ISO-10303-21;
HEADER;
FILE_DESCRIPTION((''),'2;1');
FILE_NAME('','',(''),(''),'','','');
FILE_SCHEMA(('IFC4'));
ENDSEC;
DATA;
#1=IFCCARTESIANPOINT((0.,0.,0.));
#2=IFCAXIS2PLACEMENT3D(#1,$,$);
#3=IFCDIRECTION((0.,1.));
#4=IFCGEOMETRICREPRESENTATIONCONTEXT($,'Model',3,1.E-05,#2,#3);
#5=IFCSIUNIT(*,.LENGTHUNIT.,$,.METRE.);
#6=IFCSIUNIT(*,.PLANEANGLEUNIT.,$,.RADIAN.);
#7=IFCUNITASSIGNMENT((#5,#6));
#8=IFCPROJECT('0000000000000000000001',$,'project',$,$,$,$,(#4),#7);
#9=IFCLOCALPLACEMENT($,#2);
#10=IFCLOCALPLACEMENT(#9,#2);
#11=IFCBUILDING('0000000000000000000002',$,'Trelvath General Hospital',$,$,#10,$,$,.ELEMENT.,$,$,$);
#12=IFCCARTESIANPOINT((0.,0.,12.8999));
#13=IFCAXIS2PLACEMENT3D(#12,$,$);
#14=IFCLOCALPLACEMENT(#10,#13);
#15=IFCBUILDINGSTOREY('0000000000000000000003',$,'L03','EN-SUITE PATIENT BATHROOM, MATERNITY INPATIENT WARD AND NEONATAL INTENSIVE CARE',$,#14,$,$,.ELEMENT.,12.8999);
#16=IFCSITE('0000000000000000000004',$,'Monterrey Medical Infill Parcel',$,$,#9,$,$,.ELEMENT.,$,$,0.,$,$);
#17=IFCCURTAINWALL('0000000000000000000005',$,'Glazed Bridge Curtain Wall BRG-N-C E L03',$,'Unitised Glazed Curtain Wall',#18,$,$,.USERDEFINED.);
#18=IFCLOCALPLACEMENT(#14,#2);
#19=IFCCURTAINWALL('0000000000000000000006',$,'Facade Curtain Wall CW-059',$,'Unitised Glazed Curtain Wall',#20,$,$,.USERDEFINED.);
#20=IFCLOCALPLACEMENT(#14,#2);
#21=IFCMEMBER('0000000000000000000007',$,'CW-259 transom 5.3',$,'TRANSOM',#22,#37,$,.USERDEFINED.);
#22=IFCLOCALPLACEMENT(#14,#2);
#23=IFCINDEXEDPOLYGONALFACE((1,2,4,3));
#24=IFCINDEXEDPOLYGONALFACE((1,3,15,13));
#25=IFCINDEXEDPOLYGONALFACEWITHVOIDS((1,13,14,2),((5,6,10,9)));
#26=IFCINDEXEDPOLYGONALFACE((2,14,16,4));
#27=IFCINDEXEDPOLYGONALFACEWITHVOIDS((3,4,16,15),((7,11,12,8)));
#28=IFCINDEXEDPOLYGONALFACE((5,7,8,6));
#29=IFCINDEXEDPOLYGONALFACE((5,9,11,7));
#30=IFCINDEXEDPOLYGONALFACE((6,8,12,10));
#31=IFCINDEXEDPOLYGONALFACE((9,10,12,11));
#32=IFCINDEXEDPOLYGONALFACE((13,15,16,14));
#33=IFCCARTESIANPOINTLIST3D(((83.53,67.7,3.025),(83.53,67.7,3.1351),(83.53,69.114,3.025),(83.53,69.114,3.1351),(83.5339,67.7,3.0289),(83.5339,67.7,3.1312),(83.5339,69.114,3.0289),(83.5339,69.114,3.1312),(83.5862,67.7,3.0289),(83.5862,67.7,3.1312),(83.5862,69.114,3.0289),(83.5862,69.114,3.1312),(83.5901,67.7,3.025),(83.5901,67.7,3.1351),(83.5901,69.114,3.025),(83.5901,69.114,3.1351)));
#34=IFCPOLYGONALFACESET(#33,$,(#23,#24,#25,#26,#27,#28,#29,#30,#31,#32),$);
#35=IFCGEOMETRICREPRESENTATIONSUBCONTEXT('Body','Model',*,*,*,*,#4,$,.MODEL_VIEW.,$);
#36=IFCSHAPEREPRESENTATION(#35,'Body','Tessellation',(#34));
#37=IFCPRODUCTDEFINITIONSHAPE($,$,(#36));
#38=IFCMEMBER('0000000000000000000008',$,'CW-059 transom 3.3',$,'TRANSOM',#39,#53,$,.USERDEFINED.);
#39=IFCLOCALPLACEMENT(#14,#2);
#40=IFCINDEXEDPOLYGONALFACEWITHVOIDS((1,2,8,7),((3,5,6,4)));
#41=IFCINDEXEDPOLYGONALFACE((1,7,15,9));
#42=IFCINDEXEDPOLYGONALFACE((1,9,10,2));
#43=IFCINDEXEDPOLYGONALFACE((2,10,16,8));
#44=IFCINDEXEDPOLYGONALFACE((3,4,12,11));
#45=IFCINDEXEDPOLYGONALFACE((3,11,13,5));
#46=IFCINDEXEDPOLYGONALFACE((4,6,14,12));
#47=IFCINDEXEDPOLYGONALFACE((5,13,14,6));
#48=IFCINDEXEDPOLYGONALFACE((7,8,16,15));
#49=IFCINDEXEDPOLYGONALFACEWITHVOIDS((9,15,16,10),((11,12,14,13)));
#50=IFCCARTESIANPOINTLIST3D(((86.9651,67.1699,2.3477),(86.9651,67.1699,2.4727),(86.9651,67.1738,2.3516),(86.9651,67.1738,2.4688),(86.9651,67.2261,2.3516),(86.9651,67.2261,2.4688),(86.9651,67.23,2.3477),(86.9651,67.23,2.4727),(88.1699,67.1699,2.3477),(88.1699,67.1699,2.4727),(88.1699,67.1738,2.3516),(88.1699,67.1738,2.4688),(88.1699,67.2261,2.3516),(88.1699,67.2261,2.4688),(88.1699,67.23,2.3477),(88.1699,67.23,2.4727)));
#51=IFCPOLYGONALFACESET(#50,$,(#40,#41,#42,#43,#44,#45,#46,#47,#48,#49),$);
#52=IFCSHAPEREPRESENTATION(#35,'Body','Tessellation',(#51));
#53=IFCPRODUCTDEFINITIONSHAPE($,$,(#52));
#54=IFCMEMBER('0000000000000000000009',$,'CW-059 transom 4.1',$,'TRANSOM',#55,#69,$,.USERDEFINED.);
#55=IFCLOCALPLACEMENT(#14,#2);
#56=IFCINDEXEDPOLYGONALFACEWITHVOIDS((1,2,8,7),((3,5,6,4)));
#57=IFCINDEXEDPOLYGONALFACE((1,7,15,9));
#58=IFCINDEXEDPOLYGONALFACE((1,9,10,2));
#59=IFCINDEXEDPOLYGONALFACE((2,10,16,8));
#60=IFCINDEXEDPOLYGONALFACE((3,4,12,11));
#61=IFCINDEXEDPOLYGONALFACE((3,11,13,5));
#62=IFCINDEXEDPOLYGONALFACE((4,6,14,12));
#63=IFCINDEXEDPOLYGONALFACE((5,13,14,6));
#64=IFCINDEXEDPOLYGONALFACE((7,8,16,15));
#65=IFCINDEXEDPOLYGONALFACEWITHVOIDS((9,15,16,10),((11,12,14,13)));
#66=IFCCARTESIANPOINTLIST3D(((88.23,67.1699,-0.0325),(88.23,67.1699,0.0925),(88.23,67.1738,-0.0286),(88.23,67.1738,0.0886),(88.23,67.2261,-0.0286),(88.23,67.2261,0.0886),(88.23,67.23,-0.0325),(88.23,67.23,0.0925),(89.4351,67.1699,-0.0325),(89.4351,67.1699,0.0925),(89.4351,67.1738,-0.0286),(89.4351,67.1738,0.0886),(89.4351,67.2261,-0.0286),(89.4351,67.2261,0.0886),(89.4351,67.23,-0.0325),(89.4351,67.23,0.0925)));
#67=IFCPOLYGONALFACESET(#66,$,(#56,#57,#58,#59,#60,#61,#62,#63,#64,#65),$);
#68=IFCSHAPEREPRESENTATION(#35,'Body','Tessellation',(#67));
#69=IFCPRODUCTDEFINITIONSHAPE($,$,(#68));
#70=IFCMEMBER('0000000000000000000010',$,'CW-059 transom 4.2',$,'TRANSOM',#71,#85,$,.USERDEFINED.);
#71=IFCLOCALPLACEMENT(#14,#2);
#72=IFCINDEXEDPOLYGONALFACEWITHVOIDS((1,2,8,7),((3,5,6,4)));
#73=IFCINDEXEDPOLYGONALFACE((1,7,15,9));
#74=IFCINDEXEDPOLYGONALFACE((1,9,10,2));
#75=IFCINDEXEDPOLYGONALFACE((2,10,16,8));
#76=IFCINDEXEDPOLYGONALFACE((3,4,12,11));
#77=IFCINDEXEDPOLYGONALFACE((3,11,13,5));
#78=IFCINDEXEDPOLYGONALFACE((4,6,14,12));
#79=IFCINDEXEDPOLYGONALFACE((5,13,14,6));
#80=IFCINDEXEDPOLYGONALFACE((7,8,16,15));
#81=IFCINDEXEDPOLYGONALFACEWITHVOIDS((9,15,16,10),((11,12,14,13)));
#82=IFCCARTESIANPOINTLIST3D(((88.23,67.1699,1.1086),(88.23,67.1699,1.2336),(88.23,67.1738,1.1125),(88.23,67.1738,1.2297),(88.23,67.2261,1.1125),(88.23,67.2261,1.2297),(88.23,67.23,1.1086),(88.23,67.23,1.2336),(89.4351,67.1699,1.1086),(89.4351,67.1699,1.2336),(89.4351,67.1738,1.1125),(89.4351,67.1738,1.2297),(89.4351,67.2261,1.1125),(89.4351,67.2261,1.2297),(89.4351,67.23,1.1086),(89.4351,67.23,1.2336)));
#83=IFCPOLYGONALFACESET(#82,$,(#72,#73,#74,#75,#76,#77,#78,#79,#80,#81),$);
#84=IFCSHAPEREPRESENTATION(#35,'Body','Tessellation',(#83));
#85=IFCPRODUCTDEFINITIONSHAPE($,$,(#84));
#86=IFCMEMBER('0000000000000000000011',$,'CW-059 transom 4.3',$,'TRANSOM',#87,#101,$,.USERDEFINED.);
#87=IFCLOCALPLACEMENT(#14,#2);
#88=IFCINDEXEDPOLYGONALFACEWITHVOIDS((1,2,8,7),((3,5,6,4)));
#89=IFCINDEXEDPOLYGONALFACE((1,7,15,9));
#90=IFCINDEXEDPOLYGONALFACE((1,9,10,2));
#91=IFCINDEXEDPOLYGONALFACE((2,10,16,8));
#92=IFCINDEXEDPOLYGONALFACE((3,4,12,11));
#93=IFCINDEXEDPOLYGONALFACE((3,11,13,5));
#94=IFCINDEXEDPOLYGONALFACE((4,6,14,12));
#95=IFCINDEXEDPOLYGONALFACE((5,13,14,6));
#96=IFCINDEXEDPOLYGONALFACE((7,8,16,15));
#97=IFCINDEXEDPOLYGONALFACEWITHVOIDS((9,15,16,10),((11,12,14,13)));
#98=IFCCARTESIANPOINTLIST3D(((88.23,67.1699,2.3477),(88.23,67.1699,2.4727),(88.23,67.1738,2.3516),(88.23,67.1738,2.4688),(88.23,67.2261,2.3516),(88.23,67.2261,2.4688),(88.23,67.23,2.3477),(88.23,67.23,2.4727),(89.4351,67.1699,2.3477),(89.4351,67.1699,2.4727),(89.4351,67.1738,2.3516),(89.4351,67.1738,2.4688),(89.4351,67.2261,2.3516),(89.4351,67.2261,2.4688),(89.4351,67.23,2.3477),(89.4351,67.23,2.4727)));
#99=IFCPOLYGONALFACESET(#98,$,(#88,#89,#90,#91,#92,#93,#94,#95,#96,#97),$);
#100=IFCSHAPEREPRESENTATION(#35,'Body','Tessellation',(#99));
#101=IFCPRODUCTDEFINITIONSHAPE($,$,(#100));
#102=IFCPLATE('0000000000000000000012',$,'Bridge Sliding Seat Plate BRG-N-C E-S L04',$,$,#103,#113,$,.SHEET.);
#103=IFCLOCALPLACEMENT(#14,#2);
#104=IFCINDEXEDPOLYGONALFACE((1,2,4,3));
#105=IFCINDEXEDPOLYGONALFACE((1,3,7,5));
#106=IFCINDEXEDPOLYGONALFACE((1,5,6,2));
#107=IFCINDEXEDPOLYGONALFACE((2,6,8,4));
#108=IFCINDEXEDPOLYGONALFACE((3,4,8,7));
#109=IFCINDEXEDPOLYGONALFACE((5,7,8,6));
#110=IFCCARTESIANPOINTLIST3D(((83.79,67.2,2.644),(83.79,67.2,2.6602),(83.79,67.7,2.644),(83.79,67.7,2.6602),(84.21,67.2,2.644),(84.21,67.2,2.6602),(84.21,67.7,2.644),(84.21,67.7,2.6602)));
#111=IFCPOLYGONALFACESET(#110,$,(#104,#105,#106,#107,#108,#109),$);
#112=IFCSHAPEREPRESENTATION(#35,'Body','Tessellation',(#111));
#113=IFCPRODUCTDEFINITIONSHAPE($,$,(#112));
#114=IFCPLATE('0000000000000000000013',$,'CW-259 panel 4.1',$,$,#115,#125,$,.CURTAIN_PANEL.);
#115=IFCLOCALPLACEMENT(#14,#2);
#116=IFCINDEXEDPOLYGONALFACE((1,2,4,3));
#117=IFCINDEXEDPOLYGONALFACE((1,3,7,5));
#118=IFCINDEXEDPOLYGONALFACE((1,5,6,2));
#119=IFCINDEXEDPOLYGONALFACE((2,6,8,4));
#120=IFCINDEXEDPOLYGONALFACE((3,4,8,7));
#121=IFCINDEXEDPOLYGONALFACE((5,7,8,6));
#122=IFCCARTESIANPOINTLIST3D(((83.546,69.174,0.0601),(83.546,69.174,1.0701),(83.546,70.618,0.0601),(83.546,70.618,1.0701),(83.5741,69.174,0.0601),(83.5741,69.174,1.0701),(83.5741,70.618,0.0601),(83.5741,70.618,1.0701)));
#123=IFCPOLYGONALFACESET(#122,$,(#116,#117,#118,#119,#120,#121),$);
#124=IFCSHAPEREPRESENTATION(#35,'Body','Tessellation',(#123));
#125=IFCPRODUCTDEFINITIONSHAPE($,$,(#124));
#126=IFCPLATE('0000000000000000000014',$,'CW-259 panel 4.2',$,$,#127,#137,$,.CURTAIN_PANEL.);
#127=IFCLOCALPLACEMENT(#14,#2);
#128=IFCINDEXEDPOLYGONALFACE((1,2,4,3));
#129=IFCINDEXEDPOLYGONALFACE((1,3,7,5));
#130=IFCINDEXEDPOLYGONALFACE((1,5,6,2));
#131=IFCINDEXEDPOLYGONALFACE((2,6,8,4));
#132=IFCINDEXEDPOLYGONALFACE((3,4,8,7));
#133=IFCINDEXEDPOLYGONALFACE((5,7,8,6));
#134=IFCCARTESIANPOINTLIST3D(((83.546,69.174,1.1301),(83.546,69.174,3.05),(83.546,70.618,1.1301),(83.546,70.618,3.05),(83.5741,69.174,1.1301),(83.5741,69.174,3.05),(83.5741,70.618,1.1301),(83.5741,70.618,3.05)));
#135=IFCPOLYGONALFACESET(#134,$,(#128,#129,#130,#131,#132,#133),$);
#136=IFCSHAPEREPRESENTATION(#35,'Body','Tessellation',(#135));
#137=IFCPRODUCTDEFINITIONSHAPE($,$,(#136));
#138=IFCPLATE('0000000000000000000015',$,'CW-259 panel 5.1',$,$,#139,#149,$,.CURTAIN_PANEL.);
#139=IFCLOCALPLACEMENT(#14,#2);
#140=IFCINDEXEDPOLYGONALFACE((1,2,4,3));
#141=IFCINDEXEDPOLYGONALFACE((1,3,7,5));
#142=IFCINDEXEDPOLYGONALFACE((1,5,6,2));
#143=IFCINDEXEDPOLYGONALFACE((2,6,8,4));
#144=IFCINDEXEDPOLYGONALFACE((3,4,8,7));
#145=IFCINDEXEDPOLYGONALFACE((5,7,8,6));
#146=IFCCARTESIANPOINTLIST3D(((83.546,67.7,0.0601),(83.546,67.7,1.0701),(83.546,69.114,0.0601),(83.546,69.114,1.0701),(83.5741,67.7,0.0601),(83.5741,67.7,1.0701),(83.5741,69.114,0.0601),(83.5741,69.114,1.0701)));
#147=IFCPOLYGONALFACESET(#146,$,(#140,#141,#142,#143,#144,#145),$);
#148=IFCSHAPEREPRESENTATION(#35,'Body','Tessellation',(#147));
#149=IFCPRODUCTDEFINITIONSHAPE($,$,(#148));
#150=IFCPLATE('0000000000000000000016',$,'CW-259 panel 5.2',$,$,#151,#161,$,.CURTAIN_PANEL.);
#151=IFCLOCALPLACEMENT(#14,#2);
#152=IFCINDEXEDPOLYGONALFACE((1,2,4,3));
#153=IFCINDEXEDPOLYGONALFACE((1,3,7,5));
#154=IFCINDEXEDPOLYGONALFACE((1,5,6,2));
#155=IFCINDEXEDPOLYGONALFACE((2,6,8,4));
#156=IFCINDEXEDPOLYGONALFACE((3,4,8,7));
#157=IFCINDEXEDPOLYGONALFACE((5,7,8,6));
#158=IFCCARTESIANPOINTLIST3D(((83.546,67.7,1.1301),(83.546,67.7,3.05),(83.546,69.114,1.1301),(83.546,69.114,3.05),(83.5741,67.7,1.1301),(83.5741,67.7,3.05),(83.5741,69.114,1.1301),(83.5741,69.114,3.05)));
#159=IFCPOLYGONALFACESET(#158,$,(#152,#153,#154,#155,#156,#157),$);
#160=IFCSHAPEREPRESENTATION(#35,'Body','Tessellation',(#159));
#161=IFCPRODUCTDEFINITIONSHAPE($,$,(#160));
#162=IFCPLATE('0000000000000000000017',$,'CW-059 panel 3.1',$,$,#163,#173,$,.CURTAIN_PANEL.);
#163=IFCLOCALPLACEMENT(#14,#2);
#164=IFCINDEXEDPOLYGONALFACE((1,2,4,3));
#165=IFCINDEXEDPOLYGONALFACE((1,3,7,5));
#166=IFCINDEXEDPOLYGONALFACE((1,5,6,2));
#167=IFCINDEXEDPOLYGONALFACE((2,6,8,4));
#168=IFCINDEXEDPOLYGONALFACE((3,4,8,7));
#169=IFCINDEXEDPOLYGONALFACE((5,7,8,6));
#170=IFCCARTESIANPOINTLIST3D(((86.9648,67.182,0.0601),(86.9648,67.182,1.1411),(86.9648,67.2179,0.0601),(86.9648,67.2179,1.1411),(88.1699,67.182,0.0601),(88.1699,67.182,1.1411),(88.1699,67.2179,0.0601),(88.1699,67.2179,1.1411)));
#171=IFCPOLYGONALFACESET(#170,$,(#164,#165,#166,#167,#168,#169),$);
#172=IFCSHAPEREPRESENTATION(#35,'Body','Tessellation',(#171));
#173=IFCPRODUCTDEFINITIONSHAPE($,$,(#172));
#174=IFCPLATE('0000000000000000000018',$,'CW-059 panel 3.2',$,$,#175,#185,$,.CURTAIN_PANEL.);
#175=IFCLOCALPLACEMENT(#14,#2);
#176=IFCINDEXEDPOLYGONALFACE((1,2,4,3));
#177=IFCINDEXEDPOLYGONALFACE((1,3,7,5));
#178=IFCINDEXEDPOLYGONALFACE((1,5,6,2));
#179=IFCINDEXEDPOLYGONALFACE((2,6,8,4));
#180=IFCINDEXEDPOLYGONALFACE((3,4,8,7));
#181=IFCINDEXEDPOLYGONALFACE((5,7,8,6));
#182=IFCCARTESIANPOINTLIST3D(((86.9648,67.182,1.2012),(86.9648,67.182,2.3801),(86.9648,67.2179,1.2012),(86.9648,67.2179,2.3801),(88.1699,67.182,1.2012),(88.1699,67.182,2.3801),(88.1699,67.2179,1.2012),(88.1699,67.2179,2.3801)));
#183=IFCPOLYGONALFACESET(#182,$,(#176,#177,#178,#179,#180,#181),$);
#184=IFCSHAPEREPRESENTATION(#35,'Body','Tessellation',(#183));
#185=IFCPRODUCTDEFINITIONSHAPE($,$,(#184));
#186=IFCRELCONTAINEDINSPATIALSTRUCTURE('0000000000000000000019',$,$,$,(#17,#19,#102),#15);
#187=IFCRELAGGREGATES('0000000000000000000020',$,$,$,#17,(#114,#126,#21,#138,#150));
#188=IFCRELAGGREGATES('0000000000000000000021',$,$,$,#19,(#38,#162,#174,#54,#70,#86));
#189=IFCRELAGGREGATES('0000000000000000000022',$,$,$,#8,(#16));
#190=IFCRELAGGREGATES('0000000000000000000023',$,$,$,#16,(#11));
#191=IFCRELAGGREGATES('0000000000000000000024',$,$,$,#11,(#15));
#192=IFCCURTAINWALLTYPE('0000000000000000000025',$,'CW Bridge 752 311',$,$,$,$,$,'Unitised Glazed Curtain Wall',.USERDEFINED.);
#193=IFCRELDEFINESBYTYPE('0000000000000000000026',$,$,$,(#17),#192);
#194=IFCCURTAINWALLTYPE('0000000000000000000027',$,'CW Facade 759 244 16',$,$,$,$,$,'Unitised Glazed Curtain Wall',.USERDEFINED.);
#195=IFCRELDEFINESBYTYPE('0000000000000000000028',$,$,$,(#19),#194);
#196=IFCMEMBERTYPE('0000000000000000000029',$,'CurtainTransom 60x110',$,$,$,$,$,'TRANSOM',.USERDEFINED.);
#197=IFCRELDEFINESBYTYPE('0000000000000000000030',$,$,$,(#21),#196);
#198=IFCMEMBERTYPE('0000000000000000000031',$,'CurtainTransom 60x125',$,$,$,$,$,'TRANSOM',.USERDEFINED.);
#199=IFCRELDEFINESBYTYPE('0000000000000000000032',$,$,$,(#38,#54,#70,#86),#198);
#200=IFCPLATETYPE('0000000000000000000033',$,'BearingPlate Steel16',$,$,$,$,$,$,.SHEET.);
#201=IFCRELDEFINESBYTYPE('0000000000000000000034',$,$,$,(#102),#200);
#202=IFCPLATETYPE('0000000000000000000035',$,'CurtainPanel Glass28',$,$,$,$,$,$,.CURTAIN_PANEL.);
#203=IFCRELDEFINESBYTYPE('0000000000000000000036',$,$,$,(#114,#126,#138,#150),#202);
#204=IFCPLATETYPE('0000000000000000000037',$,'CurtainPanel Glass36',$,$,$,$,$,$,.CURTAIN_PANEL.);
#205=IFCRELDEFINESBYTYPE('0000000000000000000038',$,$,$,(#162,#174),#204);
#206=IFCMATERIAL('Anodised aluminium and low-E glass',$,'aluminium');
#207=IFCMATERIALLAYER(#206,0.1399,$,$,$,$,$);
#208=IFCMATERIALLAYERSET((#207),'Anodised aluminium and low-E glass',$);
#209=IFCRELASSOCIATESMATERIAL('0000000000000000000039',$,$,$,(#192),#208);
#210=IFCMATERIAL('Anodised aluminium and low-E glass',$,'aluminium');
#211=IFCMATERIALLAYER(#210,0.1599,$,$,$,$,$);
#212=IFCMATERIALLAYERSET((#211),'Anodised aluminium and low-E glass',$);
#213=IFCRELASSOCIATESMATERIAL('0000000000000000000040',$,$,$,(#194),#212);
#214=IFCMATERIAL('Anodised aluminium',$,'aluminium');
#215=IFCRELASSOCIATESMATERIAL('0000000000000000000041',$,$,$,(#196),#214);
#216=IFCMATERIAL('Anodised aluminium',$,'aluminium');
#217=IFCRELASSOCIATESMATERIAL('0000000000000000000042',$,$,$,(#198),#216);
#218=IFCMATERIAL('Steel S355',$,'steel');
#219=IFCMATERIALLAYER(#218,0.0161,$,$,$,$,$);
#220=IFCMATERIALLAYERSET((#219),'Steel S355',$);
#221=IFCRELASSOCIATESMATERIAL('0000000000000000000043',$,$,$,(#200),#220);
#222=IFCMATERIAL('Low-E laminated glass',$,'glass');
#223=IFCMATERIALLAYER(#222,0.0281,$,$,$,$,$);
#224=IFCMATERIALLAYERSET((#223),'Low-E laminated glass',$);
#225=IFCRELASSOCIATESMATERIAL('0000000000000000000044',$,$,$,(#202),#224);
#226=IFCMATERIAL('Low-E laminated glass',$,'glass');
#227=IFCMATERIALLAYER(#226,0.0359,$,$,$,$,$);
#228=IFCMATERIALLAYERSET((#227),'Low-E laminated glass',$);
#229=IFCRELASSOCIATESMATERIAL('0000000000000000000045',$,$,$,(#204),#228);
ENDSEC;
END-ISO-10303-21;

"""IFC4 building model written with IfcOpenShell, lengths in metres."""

from ifc_helpers import new_model, si_unit, direction, frame, origin, origin_2d, place, context, subcontext, project, spatial, rectangle, hollow_rectangle, extrude, material, layer, layer_set, material_profile, profile_set, type_object, element, aggregate, save


model = new_model("IFC4")

# Units and contexts
model_context = context("Model", 3, precision=1e-05, world=origin(), true_north=direction((0.0, 1.0)))
body_context = subcontext(model_context, "Body", "Model", "MODEL_VIEW")
ifc_project = project(units=[si_unit("LENGTHUNIT", "METRE"), si_unit("PLANEANGLEUNIT", "RADIAN")], contexts=[model_context])

# Site, building, storey
site_placement = place(None, origin())
site = spatial("IfcSite", under=ifc_project, at=site_placement, Name="Monterrey Medical Infill Parcel", CompositionType="ELEMENT", RefElevation=0.0)
building_placement = place(site_placement, origin())
building = spatial("IfcBuilding", under=site, at=building_placement, Name="Trelvath General Hospital", CompositionType="ELEMENT")
storey_placement = place(building_placement, frame((0.0, 0.0, 12.8999)))
storey = spatial("IfcBuildingStorey", under=building, at=storey_placement, Name="L03", Description="EN-SUITE PATIENT BATHROOM, MATERNITY INPATIENT WARD AND NEONATAL INTENSIVE CARE", CompositionType="ELEMENT", Elevation=12.8999)

# Curtain wall
ifc_material_1 = material(Name="Anodised aluminium and low-E glass", Category="aluminium")
ifc_layer_1 = layer(ifc_material_1, 0.1399)
ifc_layer_set_1 = layer_set([ifc_layer_1], Name="Anodised aluminium and low-E glass")
curtain_wall_type_1 = type_object("IfcCurtainWallType", Name="CW Bridge 752 311", ElementType="Unitised Glazed Curtain Wall", PredefinedType="USERDEFINED", material=ifc_layer_set_1)
curtain_wall_1_placement = place(storey_placement, origin())
curtain_wall_1 = element("IfcCurtainWall", 1, at=curtain_wall_1_placement, inside=storey, type_object=curtain_wall_type_1, Name="Glazed Bridge Curtain Wall BRG-N-C E L03", ObjectType="Unitised Glazed Curtain Wall", PredefinedType="USERDEFINED")

# Curtain wall
ifc_material_2 = material(Name="Anodised aluminium and low-E glass", Category="aluminium")
ifc_layer_2 = layer(ifc_material_2, 0.1599)
ifc_layer_set_2 = layer_set([ifc_layer_2], Name="Anodised aluminium and low-E glass")
curtain_wall_type_2 = type_object("IfcCurtainWallType", Name="CW Facade 759 244 16", ElementType="Unitised Glazed Curtain Wall", PredefinedType="USERDEFINED", material=ifc_layer_set_2)
curtain_wall_2_placement = place(storey_placement, origin())
curtain_wall_2 = element("IfcCurtainWall", 2, at=curtain_wall_2_placement, inside=storey, type_object=curtain_wall_type_2, Name="Facade Curtain Wall CW-059", ObjectType="Unitised Glazed Curtain Wall", PredefinedType="USERDEFINED")

# Members
ifc_material_3 = material(Name="Anodised aluminium", Category="aluminium")
ifc_material_profile_1 = material_profile(ifc_material_3, hollow_rectangle(XDim=0.0601, YDim=0.1101, WallThickness=0.0039, at=origin_2d()), Name="RHS60x110x4")
ifc_profile_set_1 = profile_set([ifc_material_profile_1], Name="Anodised aluminium")
member_type_1 = type_object("IfcMemberType", Name="CurtainTransom 60x110", ElementType="TRANSOM", PredefinedType="USERDEFINED", material=ifc_profile_set_1)
member_1_placement = place(storey_placement, frame((83.5601, 69.114, 3.0801), z_axis=(0.0, -1.0, 0.0), x_axis=(1.0, 0.0, 0.0)))
member_1 = element("IfcMember", 3, at=member_1_placement, type_object=member_type_1, Name="CW-259 transom 5.3", ObjectType="TRANSOM", PredefinedType="USERDEFINED", context=body_context, shape_type="SweptSolid", body=[
    extrude(hollow_rectangle(XDim=0.0601, YDim=0.1101, WallThickness=0.0039, at=origin_2d()), origin(), (0.0, 0.0, 1.0), 1.4141),
])
ifc_material_4 = material(Name="Anodised aluminium", Category="aluminium")
ifc_material_profile_2 = material_profile(ifc_material_4, hollow_rectangle(XDim=0.0601, YDim=0.125, WallThickness=0.0039, at=origin_2d()), Name="RHS60x125x4")
ifc_profile_set_2 = profile_set([ifc_material_profile_2], Name="Anodised aluminium")
member_type_2 = type_object("IfcMemberType", Name="CurtainTransom 60x125", ElementType="TRANSOM", PredefinedType="USERDEFINED", material=ifc_profile_set_2)
member_2_placement = place(storey_placement, frame((86.9651, 67.2, 2.4102), z_axis=(1.0, 0.0, 0.0), x_axis=(0.0, 1.0, 0.0)))
member_2 = element("IfcMember", 4, at=member_2_placement, type_object=member_type_2, Name="CW-059 transom 3.3", ObjectType="TRANSOM", PredefinedType="USERDEFINED", context=body_context, shape_type="SweptSolid", body=[
    extrude(hollow_rectangle(XDim=0.0601, YDim=0.125, WallThickness=0.0039, at=origin_2d()), origin(), (0.0, 0.0, 1.0), 1.2048),
])
member_3_placement = place(storey_placement, frame((88.23, 67.2, 0.03), z_axis=(1.0, 0.0, 0.0), x_axis=(0.0, 1.0, 0.0)))
member_3 = element("IfcMember", 5, at=member_3_placement, type_object=member_type_2, Name="CW-059 transom 4.1", ObjectType="TRANSOM", PredefinedType="USERDEFINED", context=body_context, shape_type="SweptSolid", body=[
    extrude(hollow_rectangle(XDim=0.0601, YDim=0.125, WallThickness=0.0039, at=origin_2d()), origin(), (0.0, 0.0, 1.0), 1.2051),
])
member_4_placement = place(storey_placement, frame((88.23, 67.2, 1.1711), z_axis=(1.0, 0.0, 0.0), x_axis=(0.0, 1.0, 0.0)))
member_4 = element("IfcMember", 6, at=member_4_placement, type_object=member_type_2, Name="CW-059 transom 4.2", ObjectType="TRANSOM", PredefinedType="USERDEFINED", context=body_context, shape_type="SweptSolid", body=[
    extrude(hollow_rectangle(XDim=0.0601, YDim=0.125, WallThickness=0.0039, at=origin_2d()), origin(), (0.0, 0.0, 1.0), 1.2051),
])
member_5_placement = place(storey_placement, frame((88.23, 67.2, 2.4102), z_axis=(1.0, 0.0, 0.0), x_axis=(0.0, 1.0, 0.0)))
member_5 = element("IfcMember", 7, at=member_5_placement, type_object=member_type_2, Name="CW-059 transom 4.3", ObjectType="TRANSOM", PredefinedType="USERDEFINED", context=body_context, shape_type="SweptSolid", body=[
    extrude(hollow_rectangle(XDim=0.0601, YDim=0.125, WallThickness=0.0039, at=origin_2d()), origin(), (0.0, 0.0, 1.0), 1.2051),
])

# Plates
ifc_material_5 = material(Name="Steel S355", Category="steel")
ifc_layer_3 = layer(ifc_material_5, 0.0161)
ifc_layer_set_3 = layer_set([ifc_layer_3], Name="Steel S355")
plate_type_1 = type_object("IfcPlateType", Name="BearingPlate Steel16", PredefinedType="SHEET", material=ifc_layer_set_3)
plate_1_placement = place(storey_placement, frame((84.0, 67.45, 2.644), z_axis=(0.0, 0.0, 1.0), x_axis=(1.0, 0.0, 0.0)))
element("IfcPlate", 8, at=plate_1_placement, inside=storey, type_object=plate_type_1, Name="Bridge Sliding Seat Plate BRG-N-C E-S L04", PredefinedType="SHEET", context=body_context, shape_type="SweptSolid", body=[
    extrude(rectangle(XDim=0.4199, YDim=0.5, at=origin_2d()), origin(), (0.0, 0.0, 1.0), 0.0161),
])
ifc_material_6 = material(Name="Low-E laminated glass", Category="glass")
ifc_layer_4 = layer(ifc_material_6, 0.0281)
ifc_layer_set_4 = layer_set([ifc_layer_4], Name="Low-E laminated glass")
plate_type_2 = type_object("IfcPlateType", Name="CurtainPanel Glass28", PredefinedType="CURTAIN_PANEL", material=ifc_layer_set_4)
plate_2_placement = place(storey_placement, frame((83.5601, 69.896, 0.0601), z_axis=(0.0, 0.0, 1.0), x_axis=(0.0, -1.0, 0.0)))
plate_2 = element("IfcPlate", 9, at=plate_2_placement, type_object=plate_type_2, Name="CW-259 panel 4.1", PredefinedType="CURTAIN_PANEL", context=body_context, shape_type="SweptSolid", body=[
    extrude(rectangle(XDim=1.4441, YDim=0.0281, at=origin_2d()), origin(), (0.0, 0.0, 1.0), 1.01),
])
plate_3_placement = place(storey_placement, frame((83.5601, 69.896, 1.1301), z_axis=(0.0, 0.0, 1.0), x_axis=(0.0, -1.0, 0.0)))
plate_3 = element("IfcPlate", 10, at=plate_3_placement, type_object=plate_type_2, Name="CW-259 panel 4.2", PredefinedType="CURTAIN_PANEL", context=body_context, shape_type="SweptSolid", body=[
    extrude(rectangle(XDim=1.4441, YDim=0.0281, at=origin_2d()), origin(), (0.0, 0.0, 1.0), 1.9199),
])
plate_4_placement = place(storey_placement, frame((83.5601, 68.407, 0.0601), z_axis=(0.0, 0.0, 1.0), x_axis=(0.0, -1.0, 0.0)))
plate_4 = element("IfcPlate", 11, at=plate_4_placement, type_object=plate_type_2, Name="CW-259 panel 5.1", PredefinedType="CURTAIN_PANEL", context=body_context, shape_type="SweptSolid", body=[
    extrude(rectangle(XDim=1.4141, YDim=0.0281, at=origin_2d()), origin(), (0.0, 0.0, 1.0), 1.01),
])
plate_5_placement = place(storey_placement, frame((83.5601, 68.407, 1.1301), z_axis=(0.0, 0.0, 1.0), x_axis=(0.0, -1.0, 0.0)))
plate_5 = element("IfcPlate", 12, at=plate_5_placement, type_object=plate_type_2, Name="CW-259 panel 5.2", PredefinedType="CURTAIN_PANEL", context=body_context, shape_type="SweptSolid", body=[
    extrude(rectangle(XDim=1.4141, YDim=0.0281, at=origin_2d()), origin(), (0.0, 0.0, 1.0), 1.9199),
])
aggregate(curtain_wall_1, [plate_2, plate_3, member_1, plate_4, plate_5])
ifc_material_7 = material(Name="Low-E laminated glass", Category="glass")
ifc_layer_5 = layer(ifc_material_7, 0.0359)
ifc_layer_set_5 = layer_set([ifc_layer_5], Name="Low-E laminated glass")
plate_type_3 = type_object("IfcPlateType", Name="CurtainPanel Glass36", PredefinedType="CURTAIN_PANEL", material=ifc_layer_set_5)
plate_6_placement = place(storey_placement, frame((87.5674, 67.2, 0.0601), z_axis=(0.0, 0.0, 1.0), x_axis=(1.0, 0.0, 0.0)))
plate_6 = element("IfcPlate", 13, at=plate_6_placement, type_object=plate_type_3, Name="CW-059 panel 3.1", PredefinedType="CURTAIN_PANEL", context=body_context, shape_type="SweptSolid", body=[
    extrude(rectangle(XDim=1.2051, YDim=0.0359, at=origin_2d()), origin(), (0.0, 0.0, 1.0), 1.0811),
])
plate_7_placement = place(storey_placement, frame((87.5674, 67.2, 1.2012), z_axis=(0.0, 0.0, 1.0), x_axis=(1.0, 0.0, 0.0)))
plate_7 = element("IfcPlate", 14, at=plate_7_placement, type_object=plate_type_3, Name="CW-059 panel 3.2", PredefinedType="CURTAIN_PANEL", context=body_context, shape_type="SweptSolid", body=[
    extrude(rectangle(XDim=1.2051, YDim=0.0359, at=origin_2d()), origin(), (0.0, 0.0, 1.0), 1.179),
])
aggregate(curtain_wall_2, [member_2, plate_6, plate_7, member_3, member_4, member_5])

save(model, "model.ifc")
